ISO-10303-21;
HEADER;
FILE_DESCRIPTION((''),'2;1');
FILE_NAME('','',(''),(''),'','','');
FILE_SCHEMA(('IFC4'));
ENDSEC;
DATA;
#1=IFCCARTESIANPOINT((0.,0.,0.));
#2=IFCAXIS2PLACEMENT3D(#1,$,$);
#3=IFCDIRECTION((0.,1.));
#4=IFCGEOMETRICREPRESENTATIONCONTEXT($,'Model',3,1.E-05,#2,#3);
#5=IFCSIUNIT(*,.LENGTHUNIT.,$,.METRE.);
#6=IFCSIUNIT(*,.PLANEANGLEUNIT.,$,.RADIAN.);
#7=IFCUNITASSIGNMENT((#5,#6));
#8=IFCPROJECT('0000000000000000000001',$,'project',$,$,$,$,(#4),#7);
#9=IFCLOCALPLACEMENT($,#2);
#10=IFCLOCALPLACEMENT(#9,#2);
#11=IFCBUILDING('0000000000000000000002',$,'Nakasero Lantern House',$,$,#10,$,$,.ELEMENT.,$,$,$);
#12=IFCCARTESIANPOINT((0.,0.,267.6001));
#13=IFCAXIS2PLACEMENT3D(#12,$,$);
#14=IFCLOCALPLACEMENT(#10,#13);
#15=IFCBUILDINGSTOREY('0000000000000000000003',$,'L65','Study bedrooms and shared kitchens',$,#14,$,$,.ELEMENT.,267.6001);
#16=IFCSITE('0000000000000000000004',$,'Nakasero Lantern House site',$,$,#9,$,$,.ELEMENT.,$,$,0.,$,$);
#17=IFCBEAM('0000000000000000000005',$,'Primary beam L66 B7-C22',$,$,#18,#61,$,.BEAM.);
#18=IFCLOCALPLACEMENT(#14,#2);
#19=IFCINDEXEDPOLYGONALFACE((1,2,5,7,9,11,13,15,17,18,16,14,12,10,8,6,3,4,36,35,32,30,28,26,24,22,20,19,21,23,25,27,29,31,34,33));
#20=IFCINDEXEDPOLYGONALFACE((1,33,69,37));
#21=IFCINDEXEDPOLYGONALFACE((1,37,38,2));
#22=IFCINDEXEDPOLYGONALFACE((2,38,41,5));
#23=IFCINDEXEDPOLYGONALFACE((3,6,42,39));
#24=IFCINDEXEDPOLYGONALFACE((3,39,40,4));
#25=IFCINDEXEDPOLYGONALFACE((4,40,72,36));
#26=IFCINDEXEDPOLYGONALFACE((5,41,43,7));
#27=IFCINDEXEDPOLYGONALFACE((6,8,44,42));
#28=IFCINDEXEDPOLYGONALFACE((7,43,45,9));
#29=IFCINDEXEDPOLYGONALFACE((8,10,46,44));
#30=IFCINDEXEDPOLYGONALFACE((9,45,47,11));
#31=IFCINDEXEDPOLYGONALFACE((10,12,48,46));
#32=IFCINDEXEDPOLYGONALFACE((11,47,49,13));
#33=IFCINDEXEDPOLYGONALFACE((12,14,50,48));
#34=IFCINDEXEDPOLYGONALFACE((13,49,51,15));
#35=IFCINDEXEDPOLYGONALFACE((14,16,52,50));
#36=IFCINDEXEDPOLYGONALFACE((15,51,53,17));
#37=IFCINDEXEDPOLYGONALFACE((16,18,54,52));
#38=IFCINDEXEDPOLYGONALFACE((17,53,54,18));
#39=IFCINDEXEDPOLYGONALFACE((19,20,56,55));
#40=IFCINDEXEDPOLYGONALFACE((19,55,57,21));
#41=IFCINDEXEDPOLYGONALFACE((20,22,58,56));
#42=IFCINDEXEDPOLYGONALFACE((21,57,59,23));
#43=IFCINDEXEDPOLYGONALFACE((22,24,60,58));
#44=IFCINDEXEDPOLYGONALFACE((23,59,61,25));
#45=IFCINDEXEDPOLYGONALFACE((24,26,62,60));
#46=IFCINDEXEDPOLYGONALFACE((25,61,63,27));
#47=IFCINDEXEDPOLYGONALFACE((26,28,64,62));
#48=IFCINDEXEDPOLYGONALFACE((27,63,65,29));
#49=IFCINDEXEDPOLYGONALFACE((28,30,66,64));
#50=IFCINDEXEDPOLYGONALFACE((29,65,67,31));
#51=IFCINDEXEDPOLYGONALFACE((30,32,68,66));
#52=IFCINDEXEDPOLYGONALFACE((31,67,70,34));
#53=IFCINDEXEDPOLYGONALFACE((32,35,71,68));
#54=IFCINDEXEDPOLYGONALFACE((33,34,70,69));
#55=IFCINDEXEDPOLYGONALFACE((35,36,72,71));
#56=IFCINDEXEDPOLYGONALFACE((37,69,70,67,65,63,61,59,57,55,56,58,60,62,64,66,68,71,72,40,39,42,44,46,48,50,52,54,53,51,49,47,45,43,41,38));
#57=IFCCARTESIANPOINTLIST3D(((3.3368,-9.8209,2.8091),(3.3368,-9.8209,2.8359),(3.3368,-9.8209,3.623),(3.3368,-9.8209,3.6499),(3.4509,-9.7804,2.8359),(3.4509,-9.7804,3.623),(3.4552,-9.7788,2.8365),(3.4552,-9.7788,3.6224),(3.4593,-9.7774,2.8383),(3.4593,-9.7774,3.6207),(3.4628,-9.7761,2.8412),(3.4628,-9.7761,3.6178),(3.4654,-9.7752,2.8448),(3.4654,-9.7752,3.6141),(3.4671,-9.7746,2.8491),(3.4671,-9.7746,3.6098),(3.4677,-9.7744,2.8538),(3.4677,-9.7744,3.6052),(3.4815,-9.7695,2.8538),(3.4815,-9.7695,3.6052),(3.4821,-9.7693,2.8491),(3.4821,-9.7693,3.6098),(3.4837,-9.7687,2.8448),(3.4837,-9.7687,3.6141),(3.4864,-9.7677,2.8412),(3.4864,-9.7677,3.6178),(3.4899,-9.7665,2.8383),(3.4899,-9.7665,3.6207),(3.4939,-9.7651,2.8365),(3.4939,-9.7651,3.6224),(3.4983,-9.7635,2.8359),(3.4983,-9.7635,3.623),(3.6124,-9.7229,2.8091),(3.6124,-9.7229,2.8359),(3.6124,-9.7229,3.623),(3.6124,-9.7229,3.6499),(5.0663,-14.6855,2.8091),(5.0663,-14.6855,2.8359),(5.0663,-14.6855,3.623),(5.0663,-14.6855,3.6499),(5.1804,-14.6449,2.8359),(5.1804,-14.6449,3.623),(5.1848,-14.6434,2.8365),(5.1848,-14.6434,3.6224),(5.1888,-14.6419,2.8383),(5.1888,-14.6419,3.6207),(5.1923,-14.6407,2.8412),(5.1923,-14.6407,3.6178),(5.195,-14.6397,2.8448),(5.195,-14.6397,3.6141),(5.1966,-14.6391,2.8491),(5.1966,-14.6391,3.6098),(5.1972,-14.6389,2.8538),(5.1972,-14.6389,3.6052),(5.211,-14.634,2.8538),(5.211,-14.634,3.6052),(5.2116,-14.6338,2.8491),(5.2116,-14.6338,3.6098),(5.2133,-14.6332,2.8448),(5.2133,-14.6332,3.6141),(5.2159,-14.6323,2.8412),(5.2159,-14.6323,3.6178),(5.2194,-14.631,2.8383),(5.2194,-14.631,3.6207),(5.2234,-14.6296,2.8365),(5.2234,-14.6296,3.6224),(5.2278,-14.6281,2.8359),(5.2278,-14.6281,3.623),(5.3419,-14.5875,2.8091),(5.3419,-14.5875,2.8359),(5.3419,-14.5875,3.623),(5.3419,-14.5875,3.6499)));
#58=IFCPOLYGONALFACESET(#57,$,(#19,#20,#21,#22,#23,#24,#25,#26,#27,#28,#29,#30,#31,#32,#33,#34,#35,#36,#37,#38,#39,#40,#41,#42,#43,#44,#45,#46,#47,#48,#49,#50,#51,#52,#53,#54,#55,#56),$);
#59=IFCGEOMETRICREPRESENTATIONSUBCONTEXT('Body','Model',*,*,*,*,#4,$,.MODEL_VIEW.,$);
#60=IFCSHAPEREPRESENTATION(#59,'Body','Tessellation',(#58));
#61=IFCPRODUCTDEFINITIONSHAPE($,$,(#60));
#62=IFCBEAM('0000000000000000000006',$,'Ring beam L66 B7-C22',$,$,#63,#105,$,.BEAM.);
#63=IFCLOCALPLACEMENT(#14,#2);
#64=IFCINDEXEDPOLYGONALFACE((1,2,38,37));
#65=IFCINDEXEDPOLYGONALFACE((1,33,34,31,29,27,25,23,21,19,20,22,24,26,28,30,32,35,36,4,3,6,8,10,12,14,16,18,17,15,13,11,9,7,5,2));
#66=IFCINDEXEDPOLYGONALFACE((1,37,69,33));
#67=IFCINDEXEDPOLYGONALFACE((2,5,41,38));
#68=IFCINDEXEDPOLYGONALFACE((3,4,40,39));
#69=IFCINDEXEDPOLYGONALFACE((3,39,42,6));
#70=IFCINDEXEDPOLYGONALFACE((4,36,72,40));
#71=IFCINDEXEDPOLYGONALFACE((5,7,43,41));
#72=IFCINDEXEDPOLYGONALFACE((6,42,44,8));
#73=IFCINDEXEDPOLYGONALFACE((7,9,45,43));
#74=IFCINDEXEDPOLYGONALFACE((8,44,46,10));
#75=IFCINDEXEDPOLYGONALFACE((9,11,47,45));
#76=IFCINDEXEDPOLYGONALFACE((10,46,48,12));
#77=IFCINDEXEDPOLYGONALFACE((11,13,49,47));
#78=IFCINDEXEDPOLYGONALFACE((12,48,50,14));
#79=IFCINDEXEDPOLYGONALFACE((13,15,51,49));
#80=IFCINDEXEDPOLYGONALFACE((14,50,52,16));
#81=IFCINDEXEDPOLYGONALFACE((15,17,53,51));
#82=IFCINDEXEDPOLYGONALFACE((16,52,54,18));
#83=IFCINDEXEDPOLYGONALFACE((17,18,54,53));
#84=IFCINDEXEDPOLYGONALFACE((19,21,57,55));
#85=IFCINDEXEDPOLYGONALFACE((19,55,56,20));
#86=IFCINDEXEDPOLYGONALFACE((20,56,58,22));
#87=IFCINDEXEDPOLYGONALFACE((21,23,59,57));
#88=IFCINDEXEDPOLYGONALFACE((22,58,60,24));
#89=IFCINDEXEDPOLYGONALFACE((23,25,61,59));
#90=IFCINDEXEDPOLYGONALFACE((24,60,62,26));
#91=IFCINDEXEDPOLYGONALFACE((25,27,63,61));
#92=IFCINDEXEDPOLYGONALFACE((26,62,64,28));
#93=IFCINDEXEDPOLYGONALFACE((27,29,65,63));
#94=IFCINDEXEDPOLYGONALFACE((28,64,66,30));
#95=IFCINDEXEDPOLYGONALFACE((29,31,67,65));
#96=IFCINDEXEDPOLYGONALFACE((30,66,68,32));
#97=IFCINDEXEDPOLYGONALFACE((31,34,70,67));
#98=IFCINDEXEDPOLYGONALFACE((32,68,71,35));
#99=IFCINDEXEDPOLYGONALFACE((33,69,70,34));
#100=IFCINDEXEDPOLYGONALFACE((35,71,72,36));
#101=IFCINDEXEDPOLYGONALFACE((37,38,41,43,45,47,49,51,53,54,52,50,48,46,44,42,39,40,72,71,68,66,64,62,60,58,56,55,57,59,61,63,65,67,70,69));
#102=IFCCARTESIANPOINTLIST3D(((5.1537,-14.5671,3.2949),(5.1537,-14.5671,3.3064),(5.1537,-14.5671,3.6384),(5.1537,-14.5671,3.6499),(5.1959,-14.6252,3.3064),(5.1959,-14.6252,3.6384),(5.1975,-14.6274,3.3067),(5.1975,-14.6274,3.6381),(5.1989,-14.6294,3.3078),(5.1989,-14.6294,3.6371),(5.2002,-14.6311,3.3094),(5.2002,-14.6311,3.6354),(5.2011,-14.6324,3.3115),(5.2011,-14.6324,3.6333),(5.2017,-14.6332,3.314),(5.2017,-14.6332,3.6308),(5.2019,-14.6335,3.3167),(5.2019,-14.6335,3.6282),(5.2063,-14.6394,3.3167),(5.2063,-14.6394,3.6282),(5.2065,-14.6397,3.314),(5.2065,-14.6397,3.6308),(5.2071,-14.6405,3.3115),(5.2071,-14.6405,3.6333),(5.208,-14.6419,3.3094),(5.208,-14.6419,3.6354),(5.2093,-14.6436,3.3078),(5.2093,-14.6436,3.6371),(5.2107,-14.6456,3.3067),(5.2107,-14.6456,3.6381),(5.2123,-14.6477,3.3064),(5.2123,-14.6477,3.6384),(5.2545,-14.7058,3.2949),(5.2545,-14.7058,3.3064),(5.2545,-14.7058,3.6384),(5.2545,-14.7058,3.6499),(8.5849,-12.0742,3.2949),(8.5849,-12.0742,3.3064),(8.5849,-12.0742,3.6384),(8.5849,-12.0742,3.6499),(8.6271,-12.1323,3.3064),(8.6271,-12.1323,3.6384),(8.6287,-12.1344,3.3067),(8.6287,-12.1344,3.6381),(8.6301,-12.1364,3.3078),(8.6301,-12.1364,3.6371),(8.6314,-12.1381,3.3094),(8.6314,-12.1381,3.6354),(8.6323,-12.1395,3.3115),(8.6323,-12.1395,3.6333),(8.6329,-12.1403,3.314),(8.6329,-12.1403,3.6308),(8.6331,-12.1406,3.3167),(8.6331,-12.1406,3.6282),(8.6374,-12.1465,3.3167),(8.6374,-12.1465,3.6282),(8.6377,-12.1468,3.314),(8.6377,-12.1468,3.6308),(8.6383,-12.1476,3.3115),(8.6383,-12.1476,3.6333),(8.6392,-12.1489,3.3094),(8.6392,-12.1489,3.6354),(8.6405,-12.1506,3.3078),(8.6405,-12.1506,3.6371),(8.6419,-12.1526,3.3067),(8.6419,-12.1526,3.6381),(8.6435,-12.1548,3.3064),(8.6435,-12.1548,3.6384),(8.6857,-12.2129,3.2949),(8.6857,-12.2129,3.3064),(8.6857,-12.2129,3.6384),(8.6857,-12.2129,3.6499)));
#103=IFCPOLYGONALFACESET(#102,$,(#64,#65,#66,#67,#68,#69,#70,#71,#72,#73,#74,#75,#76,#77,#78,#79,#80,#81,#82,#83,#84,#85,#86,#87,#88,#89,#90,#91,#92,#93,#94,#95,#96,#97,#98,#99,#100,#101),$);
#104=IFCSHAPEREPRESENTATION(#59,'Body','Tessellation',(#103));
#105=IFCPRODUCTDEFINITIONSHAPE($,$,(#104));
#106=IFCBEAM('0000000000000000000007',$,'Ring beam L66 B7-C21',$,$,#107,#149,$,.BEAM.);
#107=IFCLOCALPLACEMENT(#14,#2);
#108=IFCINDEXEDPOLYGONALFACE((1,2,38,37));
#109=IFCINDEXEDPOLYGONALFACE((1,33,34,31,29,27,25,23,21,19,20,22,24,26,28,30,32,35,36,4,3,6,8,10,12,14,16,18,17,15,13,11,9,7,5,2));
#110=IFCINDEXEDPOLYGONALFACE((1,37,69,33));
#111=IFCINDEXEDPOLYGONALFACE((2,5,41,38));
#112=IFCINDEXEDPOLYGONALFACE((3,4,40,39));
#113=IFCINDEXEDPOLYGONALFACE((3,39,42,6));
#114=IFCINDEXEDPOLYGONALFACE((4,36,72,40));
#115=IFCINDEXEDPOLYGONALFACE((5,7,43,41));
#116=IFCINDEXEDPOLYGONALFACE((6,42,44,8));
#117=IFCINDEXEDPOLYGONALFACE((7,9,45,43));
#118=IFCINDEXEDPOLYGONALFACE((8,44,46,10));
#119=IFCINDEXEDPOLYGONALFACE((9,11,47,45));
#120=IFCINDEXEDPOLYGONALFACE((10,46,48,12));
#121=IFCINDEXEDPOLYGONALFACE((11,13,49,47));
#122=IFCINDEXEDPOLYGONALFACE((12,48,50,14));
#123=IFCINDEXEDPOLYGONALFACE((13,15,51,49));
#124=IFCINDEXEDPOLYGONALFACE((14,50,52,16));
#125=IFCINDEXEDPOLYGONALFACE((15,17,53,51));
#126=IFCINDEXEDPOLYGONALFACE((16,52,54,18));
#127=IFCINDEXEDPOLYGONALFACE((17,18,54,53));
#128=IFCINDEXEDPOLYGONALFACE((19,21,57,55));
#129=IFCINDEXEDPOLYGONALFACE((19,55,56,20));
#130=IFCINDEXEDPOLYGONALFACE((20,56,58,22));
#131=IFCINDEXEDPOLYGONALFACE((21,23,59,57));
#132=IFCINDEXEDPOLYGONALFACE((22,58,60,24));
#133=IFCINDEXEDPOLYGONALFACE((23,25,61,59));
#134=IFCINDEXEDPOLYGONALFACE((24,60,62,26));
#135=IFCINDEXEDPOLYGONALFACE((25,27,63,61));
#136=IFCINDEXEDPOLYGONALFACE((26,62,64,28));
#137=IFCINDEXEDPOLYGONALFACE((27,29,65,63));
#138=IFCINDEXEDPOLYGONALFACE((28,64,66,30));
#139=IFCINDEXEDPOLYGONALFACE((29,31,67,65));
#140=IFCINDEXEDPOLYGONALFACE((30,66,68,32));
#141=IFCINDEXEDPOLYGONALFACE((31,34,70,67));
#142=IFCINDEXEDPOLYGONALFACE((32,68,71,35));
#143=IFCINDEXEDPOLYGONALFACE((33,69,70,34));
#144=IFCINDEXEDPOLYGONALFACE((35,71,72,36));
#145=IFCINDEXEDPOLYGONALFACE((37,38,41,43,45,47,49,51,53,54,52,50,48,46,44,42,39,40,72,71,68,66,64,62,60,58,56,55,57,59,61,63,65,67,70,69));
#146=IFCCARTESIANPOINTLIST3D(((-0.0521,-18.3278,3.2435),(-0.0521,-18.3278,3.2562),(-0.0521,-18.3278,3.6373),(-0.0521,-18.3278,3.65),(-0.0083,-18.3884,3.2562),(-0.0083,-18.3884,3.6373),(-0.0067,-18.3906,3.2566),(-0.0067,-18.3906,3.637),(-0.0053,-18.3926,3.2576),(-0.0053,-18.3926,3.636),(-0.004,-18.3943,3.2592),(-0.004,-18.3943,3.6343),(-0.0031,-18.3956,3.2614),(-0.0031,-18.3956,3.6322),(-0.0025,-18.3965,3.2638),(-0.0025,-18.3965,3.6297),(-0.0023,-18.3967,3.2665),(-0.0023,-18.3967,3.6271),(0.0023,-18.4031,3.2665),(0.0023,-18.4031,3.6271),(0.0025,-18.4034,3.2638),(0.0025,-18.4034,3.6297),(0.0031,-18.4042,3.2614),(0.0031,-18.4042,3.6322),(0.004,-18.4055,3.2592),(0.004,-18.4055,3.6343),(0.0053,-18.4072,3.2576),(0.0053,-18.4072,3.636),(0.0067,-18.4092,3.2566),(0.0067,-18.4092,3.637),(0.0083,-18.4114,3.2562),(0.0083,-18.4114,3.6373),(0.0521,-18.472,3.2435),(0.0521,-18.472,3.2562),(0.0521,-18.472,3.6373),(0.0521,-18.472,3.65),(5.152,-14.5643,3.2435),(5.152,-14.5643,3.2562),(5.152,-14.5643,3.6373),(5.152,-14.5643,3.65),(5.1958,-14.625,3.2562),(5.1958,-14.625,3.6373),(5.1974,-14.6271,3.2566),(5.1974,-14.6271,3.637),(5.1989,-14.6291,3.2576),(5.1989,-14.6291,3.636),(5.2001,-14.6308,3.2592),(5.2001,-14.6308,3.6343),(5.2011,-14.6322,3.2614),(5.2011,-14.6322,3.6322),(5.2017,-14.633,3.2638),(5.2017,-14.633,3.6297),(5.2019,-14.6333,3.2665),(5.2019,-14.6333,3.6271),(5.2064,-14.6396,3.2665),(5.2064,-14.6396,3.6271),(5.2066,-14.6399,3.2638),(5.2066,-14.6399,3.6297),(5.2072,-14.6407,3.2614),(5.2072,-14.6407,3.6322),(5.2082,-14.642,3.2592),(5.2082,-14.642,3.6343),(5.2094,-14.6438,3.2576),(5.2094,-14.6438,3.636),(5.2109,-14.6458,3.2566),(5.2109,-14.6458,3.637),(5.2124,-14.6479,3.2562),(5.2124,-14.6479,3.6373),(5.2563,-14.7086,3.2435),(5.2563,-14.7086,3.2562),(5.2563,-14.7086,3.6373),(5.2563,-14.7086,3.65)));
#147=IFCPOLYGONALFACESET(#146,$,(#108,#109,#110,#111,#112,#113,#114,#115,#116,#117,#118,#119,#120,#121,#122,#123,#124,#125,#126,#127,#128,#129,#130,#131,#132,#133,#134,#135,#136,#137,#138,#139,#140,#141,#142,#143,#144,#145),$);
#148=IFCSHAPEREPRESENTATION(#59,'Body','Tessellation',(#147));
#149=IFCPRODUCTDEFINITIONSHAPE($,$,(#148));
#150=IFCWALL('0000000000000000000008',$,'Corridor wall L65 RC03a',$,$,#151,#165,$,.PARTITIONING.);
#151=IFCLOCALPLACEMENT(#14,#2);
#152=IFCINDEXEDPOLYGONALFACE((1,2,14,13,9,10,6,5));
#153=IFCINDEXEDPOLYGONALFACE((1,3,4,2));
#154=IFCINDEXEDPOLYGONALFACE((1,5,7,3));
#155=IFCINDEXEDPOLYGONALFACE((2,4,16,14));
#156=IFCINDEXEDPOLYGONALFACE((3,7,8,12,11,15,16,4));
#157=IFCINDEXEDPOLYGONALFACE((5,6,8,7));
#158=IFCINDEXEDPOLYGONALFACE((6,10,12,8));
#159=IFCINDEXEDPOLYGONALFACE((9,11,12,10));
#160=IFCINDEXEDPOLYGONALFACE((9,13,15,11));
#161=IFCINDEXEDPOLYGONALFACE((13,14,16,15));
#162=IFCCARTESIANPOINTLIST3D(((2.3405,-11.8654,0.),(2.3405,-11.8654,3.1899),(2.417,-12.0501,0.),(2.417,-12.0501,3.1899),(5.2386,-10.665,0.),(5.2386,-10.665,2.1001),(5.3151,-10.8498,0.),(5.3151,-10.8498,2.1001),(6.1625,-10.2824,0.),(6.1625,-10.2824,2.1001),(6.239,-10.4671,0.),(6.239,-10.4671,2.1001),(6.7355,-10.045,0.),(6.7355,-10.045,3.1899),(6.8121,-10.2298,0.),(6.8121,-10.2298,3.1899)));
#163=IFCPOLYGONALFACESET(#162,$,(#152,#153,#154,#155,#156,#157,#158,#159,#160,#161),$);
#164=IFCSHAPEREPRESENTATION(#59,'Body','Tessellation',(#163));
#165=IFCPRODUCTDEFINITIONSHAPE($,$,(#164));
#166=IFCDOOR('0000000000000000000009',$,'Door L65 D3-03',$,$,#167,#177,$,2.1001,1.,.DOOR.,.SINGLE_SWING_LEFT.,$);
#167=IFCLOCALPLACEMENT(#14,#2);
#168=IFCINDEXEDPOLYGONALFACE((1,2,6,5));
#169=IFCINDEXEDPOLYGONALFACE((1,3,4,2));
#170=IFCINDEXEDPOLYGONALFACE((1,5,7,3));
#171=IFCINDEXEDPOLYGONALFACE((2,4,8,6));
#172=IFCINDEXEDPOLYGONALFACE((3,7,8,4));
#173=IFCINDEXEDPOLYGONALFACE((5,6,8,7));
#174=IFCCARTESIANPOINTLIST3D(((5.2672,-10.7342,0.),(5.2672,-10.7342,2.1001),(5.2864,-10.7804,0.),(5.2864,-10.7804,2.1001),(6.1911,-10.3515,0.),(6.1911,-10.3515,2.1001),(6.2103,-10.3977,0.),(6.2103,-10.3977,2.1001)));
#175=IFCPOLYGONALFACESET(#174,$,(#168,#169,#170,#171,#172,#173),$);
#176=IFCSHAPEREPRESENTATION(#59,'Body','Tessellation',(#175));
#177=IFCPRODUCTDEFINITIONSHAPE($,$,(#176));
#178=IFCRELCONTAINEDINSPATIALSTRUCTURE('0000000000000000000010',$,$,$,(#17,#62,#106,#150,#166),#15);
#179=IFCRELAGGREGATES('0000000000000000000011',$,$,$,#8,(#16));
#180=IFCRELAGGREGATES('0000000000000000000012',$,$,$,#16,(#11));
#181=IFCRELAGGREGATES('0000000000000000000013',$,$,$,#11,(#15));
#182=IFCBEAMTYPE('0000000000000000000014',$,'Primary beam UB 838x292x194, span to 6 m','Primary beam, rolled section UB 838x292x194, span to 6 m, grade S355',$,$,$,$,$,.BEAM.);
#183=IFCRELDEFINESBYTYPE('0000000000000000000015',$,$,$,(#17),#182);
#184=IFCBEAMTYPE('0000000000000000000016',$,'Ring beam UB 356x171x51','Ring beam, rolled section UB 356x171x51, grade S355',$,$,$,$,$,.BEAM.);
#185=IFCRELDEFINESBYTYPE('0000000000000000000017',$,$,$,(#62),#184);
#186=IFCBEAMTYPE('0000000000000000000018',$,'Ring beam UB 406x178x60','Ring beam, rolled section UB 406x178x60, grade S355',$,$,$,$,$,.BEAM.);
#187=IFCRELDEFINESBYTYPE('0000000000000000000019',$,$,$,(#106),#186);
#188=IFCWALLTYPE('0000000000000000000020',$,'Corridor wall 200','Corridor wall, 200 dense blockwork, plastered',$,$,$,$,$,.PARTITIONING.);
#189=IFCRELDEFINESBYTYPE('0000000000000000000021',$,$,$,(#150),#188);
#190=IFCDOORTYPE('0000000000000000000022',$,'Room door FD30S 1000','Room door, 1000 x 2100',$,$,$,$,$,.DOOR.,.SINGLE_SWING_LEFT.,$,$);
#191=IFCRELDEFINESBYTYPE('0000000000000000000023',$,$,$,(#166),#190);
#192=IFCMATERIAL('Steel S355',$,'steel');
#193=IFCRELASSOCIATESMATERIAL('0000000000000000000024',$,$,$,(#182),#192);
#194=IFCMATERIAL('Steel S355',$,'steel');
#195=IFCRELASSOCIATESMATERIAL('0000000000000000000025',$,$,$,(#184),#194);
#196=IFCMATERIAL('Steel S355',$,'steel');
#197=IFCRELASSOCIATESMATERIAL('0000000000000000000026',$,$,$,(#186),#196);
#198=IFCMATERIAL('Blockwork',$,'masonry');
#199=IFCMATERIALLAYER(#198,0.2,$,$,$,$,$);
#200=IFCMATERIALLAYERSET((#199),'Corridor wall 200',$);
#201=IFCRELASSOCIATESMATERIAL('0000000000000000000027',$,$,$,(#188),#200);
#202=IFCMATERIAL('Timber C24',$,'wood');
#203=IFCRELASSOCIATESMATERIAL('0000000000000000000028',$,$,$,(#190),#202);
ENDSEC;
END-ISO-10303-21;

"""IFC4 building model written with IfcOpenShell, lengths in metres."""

from ifc_helpers import new_model, si_unit, direction, frame, frame_2d, origin, origin_2d, place, context, subcontext, project, spatial, rectangle, i_section, extrude, material, layer, layer_set, material_profile, profile_set, type_object, element, fill, save


model = new_model("IFC4")

# Units and contexts
model_context = context("Model", 3, precision=1e-05, world=origin(), true_north=direction((0.0, 1.0)))
body_context = subcontext(model_context, "Body", "Model", "MODEL_VIEW")
ifc_project = project(units=[si_unit("LENGTHUNIT", "METRE"), si_unit("PLANEANGLEUNIT", "RADIAN")], contexts=[model_context])

# Site, building, storey
site_placement = place(None, origin())
site = spatial("IfcSite", under=ifc_project, at=site_placement, Name="Nakasero Lantern House site", CompositionType="ELEMENT", RefElevation=0.0)
building_placement = place(site_placement, origin())
building = spatial("IfcBuilding", under=site, at=building_placement, Name="Nakasero Lantern House", CompositionType="ELEMENT")
storey_placement = place(building_placement, frame((0.0, 0.0, 267.6001)))
storey = spatial("IfcBuildingStorey", under=building, at=storey_placement, Name="L65", Description="Study bedrooms and shared kitchens", CompositionType="ELEMENT", Elevation=267.6001)

# Beams
ifc_material_1 = material(Name="Steel S355", Category="steel")
ifc_material_profile_1 = material_profile(ifc_material_1, i_section(OverallWidth=0.2925, OverallDepth=0.8408, WebThickness=0.0146, FlangeThickness=0.0269, FilletRadius=0.0178, at=origin_2d()), Name="UB 838x292x194")
ifc_profile_set_1 = profile_set([ifc_material_profile_1], Name="Steel S355")
beam_type_1 = type_object("IfcBeamType", Name="Primary beam UB 838x292x194, span to 6 m", Description="Primary beam, rolled section UB 838x292x194, span to 6 m, grade S355", PredefinedType="BEAM", material=ifc_profile_set_1)
beam_1_placement = place(storey_placement, frame((5.2041, -14.6365, 3.2295), z_axis=(-0.334991, 0.942221, 0.0), x_axis=(-0.942221, -0.334991, 0.0)))
element("IfcBeam", 1, at=beam_1_placement, inside=storey, type_object=beam_type_1, Name="Primary beam L66 B7-C22", PredefinedType="BEAM", context=body_context, shape_type="SweptSolid", body=[
    extrude(i_section(OverallWidth=0.2925, OverallDepth=0.8408, WebThickness=0.0146, FlangeThickness=0.0269, FilletRadius=0.0178, at=origin_2d()), origin(), (0.0, 0.0, 1.0), 5.1628),
])
ifc_material_2 = material(Name="Steel S355", Category="steel")
ifc_material_profile_2 = material_profile(ifc_material_2, i_section(OverallWidth=0.1714, OverallDepth=0.355, WebThickness=0.0073, FlangeThickness=0.0115, FilletRadius=0.0103, at=origin_2d()), Name="UB 356x171x51")
ifc_profile_set_2 = profile_set([ifc_material_profile_2], Name="Steel S355")
beam_type_2 = type_object("IfcBeamType", Name="Ring beam UB 356x171x51", Description="Ring beam, rolled section UB 356x171x51, grade S355", PredefinedType="BEAM", material=ifc_profile_set_2)
beam_2_placement = place(storey_placement, frame((5.2041, -14.6365, 3.4724), z_axis=(0.809012, 0.587792, 0.0), x_axis=(-0.587792, 0.809012, 0.0)))
element("IfcBeam", 2, at=beam_2_placement, inside=storey, type_object=beam_type_2, Name="Ring beam L66 B7-C22", PredefinedType="BEAM", context=body_context, shape_type="SweptSolid", body=[
    extrude(i_section(OverallWidth=0.1714, OverallDepth=0.355, WebThickness=0.0073, FlangeThickness=0.0115, FilletRadius=0.0103, at=origin_2d()), origin(), (0.0, 0.0, 1.0), 4.2412),
])
ifc_material_3 = material(Name="Steel S355", Category="steel")
ifc_material_profile_3 = material_profile(ifc_material_3, i_section(OverallWidth=0.178, OverallDepth=0.4065, WebThickness=0.0078, FlangeThickness=0.0127, FilletRadius=0.0103, at=origin_2d()), Name="UB 406x178x60")
ifc_profile_set_3 = profile_set([ifc_material_profile_3], Name="Steel S355")
beam_type_3 = type_object("IfcBeamType", Name="Ring beam UB 406x178x60", Description="Ring beam, rolled section UB 406x178x60, grade S355", PredefinedType="BEAM", material=ifc_profile_set_3)
beam_3_placement = place(storey_placement, frame((0.0, -18.3999, 3.4468), z_axis=(0.810316, 0.585993, 0.0), x_axis=(-0.585993, 0.810316, 0.0)))
element("IfcBeam", 3, at=beam_3_placement, inside=storey, type_object=beam_type_3, Name="Ring beam L66 B7-C21", PredefinedType="BEAM", context=body_context, shape_type="SweptSolid", body=[
    extrude(i_section(OverallWidth=0.178, OverallDepth=0.4065, WebThickness=0.0078, FlangeThickness=0.0127, FilletRadius=0.0103, at=origin_2d()), origin(), (0.0, 0.0, 1.0), 6.4224),
])

# Wall, opening, door
ifc_material_4 = material(Name="Blockwork", Category="masonry")
ifc_layer_1 = layer(ifc_material_4, 0.2)
ifc_layer_set_1 = layer_set([ifc_layer_1], Name="Corridor wall 200")
wall_type_1 = type_object("IfcWallType", Name="Corridor wall 200", Description="Corridor wall, 200 dense blockwork, plastered", PredefinedType="PARTITIONING", material=ifc_layer_set_1)
wall_1_placement = place(storey_placement, frame((6.7737, -10.1375, 0.0), z_axis=(0.0, 0.0, 1.0), x_axis=(-0.923892, -0.382654, 0.0)))
wall_1 = element("IfcWall", 4, at=wall_1_placement, inside=storey, type_object=wall_type_1, Name="Corridor wall L65 RC03a", PredefinedType="PARTITIONING", context=body_context, shape_type="SweptSolid", body=[
    extrude(rectangle(XDim=4.7571, YDim=0.2, at=frame_2d((2.3784, 0.0))), origin(), (0.0, 0.0, 1.0), 3.1899),
])
opening_1_placement = place(wall_1_placement, frame((0.6201, 0.0, 0.0)))
opening_1 = element("IfcOpeningElement", 5, at=opening_1_placement, cuts=wall_1, PredefinedType="OPENING", context=body_context, shape_type="SweptSolid", body=[
    extrude(rectangle(XDim=1.0, YDim=2.1001, at=frame_2d((0.5, 1.05))), frame((0.0, 0.1199, 0.0), z_axis=(0.0, -1.0, 0.0), x_axis=(1.0, 0.0, 0.0)), (0.0, 0.0, 1.0), 0.24),
])
ifc_material_5 = material(Name="Timber C24", Category="wood")
door_type_1 = type_object("IfcDoorType", Name="Room door FD30S 1000", Description="Room door, 1000 x 2100", OperationType="SINGLE_SWING_LEFT", PredefinedType="DOOR", material=ifc_material_5)
door_1_placement = place(opening_1_placement, origin())
door_1 = element("IfcDoor", 6, at=door_1_placement, inside=storey, type_object=door_type_1, Name="Door L65 D3-03", OperationType="SINGLE_SWING_LEFT", OverallHeight=2.1001, OverallWidth=1.0, PredefinedType="DOOR", context=body_context, shape_type="SweptSolid", body=[
    extrude(rectangle(XDim=1.0, YDim=2.1001, at=frame_2d((0.5, 1.05))), frame((0.0, 0.0249, 0.0), z_axis=(0.0, -1.0, 0.0), x_axis=(1.0, 0.0, 0.0)), (0.0, 0.0, 1.0), 0.05),
])
fill(opening_1, door_1)

save(model, "model.ifc")
